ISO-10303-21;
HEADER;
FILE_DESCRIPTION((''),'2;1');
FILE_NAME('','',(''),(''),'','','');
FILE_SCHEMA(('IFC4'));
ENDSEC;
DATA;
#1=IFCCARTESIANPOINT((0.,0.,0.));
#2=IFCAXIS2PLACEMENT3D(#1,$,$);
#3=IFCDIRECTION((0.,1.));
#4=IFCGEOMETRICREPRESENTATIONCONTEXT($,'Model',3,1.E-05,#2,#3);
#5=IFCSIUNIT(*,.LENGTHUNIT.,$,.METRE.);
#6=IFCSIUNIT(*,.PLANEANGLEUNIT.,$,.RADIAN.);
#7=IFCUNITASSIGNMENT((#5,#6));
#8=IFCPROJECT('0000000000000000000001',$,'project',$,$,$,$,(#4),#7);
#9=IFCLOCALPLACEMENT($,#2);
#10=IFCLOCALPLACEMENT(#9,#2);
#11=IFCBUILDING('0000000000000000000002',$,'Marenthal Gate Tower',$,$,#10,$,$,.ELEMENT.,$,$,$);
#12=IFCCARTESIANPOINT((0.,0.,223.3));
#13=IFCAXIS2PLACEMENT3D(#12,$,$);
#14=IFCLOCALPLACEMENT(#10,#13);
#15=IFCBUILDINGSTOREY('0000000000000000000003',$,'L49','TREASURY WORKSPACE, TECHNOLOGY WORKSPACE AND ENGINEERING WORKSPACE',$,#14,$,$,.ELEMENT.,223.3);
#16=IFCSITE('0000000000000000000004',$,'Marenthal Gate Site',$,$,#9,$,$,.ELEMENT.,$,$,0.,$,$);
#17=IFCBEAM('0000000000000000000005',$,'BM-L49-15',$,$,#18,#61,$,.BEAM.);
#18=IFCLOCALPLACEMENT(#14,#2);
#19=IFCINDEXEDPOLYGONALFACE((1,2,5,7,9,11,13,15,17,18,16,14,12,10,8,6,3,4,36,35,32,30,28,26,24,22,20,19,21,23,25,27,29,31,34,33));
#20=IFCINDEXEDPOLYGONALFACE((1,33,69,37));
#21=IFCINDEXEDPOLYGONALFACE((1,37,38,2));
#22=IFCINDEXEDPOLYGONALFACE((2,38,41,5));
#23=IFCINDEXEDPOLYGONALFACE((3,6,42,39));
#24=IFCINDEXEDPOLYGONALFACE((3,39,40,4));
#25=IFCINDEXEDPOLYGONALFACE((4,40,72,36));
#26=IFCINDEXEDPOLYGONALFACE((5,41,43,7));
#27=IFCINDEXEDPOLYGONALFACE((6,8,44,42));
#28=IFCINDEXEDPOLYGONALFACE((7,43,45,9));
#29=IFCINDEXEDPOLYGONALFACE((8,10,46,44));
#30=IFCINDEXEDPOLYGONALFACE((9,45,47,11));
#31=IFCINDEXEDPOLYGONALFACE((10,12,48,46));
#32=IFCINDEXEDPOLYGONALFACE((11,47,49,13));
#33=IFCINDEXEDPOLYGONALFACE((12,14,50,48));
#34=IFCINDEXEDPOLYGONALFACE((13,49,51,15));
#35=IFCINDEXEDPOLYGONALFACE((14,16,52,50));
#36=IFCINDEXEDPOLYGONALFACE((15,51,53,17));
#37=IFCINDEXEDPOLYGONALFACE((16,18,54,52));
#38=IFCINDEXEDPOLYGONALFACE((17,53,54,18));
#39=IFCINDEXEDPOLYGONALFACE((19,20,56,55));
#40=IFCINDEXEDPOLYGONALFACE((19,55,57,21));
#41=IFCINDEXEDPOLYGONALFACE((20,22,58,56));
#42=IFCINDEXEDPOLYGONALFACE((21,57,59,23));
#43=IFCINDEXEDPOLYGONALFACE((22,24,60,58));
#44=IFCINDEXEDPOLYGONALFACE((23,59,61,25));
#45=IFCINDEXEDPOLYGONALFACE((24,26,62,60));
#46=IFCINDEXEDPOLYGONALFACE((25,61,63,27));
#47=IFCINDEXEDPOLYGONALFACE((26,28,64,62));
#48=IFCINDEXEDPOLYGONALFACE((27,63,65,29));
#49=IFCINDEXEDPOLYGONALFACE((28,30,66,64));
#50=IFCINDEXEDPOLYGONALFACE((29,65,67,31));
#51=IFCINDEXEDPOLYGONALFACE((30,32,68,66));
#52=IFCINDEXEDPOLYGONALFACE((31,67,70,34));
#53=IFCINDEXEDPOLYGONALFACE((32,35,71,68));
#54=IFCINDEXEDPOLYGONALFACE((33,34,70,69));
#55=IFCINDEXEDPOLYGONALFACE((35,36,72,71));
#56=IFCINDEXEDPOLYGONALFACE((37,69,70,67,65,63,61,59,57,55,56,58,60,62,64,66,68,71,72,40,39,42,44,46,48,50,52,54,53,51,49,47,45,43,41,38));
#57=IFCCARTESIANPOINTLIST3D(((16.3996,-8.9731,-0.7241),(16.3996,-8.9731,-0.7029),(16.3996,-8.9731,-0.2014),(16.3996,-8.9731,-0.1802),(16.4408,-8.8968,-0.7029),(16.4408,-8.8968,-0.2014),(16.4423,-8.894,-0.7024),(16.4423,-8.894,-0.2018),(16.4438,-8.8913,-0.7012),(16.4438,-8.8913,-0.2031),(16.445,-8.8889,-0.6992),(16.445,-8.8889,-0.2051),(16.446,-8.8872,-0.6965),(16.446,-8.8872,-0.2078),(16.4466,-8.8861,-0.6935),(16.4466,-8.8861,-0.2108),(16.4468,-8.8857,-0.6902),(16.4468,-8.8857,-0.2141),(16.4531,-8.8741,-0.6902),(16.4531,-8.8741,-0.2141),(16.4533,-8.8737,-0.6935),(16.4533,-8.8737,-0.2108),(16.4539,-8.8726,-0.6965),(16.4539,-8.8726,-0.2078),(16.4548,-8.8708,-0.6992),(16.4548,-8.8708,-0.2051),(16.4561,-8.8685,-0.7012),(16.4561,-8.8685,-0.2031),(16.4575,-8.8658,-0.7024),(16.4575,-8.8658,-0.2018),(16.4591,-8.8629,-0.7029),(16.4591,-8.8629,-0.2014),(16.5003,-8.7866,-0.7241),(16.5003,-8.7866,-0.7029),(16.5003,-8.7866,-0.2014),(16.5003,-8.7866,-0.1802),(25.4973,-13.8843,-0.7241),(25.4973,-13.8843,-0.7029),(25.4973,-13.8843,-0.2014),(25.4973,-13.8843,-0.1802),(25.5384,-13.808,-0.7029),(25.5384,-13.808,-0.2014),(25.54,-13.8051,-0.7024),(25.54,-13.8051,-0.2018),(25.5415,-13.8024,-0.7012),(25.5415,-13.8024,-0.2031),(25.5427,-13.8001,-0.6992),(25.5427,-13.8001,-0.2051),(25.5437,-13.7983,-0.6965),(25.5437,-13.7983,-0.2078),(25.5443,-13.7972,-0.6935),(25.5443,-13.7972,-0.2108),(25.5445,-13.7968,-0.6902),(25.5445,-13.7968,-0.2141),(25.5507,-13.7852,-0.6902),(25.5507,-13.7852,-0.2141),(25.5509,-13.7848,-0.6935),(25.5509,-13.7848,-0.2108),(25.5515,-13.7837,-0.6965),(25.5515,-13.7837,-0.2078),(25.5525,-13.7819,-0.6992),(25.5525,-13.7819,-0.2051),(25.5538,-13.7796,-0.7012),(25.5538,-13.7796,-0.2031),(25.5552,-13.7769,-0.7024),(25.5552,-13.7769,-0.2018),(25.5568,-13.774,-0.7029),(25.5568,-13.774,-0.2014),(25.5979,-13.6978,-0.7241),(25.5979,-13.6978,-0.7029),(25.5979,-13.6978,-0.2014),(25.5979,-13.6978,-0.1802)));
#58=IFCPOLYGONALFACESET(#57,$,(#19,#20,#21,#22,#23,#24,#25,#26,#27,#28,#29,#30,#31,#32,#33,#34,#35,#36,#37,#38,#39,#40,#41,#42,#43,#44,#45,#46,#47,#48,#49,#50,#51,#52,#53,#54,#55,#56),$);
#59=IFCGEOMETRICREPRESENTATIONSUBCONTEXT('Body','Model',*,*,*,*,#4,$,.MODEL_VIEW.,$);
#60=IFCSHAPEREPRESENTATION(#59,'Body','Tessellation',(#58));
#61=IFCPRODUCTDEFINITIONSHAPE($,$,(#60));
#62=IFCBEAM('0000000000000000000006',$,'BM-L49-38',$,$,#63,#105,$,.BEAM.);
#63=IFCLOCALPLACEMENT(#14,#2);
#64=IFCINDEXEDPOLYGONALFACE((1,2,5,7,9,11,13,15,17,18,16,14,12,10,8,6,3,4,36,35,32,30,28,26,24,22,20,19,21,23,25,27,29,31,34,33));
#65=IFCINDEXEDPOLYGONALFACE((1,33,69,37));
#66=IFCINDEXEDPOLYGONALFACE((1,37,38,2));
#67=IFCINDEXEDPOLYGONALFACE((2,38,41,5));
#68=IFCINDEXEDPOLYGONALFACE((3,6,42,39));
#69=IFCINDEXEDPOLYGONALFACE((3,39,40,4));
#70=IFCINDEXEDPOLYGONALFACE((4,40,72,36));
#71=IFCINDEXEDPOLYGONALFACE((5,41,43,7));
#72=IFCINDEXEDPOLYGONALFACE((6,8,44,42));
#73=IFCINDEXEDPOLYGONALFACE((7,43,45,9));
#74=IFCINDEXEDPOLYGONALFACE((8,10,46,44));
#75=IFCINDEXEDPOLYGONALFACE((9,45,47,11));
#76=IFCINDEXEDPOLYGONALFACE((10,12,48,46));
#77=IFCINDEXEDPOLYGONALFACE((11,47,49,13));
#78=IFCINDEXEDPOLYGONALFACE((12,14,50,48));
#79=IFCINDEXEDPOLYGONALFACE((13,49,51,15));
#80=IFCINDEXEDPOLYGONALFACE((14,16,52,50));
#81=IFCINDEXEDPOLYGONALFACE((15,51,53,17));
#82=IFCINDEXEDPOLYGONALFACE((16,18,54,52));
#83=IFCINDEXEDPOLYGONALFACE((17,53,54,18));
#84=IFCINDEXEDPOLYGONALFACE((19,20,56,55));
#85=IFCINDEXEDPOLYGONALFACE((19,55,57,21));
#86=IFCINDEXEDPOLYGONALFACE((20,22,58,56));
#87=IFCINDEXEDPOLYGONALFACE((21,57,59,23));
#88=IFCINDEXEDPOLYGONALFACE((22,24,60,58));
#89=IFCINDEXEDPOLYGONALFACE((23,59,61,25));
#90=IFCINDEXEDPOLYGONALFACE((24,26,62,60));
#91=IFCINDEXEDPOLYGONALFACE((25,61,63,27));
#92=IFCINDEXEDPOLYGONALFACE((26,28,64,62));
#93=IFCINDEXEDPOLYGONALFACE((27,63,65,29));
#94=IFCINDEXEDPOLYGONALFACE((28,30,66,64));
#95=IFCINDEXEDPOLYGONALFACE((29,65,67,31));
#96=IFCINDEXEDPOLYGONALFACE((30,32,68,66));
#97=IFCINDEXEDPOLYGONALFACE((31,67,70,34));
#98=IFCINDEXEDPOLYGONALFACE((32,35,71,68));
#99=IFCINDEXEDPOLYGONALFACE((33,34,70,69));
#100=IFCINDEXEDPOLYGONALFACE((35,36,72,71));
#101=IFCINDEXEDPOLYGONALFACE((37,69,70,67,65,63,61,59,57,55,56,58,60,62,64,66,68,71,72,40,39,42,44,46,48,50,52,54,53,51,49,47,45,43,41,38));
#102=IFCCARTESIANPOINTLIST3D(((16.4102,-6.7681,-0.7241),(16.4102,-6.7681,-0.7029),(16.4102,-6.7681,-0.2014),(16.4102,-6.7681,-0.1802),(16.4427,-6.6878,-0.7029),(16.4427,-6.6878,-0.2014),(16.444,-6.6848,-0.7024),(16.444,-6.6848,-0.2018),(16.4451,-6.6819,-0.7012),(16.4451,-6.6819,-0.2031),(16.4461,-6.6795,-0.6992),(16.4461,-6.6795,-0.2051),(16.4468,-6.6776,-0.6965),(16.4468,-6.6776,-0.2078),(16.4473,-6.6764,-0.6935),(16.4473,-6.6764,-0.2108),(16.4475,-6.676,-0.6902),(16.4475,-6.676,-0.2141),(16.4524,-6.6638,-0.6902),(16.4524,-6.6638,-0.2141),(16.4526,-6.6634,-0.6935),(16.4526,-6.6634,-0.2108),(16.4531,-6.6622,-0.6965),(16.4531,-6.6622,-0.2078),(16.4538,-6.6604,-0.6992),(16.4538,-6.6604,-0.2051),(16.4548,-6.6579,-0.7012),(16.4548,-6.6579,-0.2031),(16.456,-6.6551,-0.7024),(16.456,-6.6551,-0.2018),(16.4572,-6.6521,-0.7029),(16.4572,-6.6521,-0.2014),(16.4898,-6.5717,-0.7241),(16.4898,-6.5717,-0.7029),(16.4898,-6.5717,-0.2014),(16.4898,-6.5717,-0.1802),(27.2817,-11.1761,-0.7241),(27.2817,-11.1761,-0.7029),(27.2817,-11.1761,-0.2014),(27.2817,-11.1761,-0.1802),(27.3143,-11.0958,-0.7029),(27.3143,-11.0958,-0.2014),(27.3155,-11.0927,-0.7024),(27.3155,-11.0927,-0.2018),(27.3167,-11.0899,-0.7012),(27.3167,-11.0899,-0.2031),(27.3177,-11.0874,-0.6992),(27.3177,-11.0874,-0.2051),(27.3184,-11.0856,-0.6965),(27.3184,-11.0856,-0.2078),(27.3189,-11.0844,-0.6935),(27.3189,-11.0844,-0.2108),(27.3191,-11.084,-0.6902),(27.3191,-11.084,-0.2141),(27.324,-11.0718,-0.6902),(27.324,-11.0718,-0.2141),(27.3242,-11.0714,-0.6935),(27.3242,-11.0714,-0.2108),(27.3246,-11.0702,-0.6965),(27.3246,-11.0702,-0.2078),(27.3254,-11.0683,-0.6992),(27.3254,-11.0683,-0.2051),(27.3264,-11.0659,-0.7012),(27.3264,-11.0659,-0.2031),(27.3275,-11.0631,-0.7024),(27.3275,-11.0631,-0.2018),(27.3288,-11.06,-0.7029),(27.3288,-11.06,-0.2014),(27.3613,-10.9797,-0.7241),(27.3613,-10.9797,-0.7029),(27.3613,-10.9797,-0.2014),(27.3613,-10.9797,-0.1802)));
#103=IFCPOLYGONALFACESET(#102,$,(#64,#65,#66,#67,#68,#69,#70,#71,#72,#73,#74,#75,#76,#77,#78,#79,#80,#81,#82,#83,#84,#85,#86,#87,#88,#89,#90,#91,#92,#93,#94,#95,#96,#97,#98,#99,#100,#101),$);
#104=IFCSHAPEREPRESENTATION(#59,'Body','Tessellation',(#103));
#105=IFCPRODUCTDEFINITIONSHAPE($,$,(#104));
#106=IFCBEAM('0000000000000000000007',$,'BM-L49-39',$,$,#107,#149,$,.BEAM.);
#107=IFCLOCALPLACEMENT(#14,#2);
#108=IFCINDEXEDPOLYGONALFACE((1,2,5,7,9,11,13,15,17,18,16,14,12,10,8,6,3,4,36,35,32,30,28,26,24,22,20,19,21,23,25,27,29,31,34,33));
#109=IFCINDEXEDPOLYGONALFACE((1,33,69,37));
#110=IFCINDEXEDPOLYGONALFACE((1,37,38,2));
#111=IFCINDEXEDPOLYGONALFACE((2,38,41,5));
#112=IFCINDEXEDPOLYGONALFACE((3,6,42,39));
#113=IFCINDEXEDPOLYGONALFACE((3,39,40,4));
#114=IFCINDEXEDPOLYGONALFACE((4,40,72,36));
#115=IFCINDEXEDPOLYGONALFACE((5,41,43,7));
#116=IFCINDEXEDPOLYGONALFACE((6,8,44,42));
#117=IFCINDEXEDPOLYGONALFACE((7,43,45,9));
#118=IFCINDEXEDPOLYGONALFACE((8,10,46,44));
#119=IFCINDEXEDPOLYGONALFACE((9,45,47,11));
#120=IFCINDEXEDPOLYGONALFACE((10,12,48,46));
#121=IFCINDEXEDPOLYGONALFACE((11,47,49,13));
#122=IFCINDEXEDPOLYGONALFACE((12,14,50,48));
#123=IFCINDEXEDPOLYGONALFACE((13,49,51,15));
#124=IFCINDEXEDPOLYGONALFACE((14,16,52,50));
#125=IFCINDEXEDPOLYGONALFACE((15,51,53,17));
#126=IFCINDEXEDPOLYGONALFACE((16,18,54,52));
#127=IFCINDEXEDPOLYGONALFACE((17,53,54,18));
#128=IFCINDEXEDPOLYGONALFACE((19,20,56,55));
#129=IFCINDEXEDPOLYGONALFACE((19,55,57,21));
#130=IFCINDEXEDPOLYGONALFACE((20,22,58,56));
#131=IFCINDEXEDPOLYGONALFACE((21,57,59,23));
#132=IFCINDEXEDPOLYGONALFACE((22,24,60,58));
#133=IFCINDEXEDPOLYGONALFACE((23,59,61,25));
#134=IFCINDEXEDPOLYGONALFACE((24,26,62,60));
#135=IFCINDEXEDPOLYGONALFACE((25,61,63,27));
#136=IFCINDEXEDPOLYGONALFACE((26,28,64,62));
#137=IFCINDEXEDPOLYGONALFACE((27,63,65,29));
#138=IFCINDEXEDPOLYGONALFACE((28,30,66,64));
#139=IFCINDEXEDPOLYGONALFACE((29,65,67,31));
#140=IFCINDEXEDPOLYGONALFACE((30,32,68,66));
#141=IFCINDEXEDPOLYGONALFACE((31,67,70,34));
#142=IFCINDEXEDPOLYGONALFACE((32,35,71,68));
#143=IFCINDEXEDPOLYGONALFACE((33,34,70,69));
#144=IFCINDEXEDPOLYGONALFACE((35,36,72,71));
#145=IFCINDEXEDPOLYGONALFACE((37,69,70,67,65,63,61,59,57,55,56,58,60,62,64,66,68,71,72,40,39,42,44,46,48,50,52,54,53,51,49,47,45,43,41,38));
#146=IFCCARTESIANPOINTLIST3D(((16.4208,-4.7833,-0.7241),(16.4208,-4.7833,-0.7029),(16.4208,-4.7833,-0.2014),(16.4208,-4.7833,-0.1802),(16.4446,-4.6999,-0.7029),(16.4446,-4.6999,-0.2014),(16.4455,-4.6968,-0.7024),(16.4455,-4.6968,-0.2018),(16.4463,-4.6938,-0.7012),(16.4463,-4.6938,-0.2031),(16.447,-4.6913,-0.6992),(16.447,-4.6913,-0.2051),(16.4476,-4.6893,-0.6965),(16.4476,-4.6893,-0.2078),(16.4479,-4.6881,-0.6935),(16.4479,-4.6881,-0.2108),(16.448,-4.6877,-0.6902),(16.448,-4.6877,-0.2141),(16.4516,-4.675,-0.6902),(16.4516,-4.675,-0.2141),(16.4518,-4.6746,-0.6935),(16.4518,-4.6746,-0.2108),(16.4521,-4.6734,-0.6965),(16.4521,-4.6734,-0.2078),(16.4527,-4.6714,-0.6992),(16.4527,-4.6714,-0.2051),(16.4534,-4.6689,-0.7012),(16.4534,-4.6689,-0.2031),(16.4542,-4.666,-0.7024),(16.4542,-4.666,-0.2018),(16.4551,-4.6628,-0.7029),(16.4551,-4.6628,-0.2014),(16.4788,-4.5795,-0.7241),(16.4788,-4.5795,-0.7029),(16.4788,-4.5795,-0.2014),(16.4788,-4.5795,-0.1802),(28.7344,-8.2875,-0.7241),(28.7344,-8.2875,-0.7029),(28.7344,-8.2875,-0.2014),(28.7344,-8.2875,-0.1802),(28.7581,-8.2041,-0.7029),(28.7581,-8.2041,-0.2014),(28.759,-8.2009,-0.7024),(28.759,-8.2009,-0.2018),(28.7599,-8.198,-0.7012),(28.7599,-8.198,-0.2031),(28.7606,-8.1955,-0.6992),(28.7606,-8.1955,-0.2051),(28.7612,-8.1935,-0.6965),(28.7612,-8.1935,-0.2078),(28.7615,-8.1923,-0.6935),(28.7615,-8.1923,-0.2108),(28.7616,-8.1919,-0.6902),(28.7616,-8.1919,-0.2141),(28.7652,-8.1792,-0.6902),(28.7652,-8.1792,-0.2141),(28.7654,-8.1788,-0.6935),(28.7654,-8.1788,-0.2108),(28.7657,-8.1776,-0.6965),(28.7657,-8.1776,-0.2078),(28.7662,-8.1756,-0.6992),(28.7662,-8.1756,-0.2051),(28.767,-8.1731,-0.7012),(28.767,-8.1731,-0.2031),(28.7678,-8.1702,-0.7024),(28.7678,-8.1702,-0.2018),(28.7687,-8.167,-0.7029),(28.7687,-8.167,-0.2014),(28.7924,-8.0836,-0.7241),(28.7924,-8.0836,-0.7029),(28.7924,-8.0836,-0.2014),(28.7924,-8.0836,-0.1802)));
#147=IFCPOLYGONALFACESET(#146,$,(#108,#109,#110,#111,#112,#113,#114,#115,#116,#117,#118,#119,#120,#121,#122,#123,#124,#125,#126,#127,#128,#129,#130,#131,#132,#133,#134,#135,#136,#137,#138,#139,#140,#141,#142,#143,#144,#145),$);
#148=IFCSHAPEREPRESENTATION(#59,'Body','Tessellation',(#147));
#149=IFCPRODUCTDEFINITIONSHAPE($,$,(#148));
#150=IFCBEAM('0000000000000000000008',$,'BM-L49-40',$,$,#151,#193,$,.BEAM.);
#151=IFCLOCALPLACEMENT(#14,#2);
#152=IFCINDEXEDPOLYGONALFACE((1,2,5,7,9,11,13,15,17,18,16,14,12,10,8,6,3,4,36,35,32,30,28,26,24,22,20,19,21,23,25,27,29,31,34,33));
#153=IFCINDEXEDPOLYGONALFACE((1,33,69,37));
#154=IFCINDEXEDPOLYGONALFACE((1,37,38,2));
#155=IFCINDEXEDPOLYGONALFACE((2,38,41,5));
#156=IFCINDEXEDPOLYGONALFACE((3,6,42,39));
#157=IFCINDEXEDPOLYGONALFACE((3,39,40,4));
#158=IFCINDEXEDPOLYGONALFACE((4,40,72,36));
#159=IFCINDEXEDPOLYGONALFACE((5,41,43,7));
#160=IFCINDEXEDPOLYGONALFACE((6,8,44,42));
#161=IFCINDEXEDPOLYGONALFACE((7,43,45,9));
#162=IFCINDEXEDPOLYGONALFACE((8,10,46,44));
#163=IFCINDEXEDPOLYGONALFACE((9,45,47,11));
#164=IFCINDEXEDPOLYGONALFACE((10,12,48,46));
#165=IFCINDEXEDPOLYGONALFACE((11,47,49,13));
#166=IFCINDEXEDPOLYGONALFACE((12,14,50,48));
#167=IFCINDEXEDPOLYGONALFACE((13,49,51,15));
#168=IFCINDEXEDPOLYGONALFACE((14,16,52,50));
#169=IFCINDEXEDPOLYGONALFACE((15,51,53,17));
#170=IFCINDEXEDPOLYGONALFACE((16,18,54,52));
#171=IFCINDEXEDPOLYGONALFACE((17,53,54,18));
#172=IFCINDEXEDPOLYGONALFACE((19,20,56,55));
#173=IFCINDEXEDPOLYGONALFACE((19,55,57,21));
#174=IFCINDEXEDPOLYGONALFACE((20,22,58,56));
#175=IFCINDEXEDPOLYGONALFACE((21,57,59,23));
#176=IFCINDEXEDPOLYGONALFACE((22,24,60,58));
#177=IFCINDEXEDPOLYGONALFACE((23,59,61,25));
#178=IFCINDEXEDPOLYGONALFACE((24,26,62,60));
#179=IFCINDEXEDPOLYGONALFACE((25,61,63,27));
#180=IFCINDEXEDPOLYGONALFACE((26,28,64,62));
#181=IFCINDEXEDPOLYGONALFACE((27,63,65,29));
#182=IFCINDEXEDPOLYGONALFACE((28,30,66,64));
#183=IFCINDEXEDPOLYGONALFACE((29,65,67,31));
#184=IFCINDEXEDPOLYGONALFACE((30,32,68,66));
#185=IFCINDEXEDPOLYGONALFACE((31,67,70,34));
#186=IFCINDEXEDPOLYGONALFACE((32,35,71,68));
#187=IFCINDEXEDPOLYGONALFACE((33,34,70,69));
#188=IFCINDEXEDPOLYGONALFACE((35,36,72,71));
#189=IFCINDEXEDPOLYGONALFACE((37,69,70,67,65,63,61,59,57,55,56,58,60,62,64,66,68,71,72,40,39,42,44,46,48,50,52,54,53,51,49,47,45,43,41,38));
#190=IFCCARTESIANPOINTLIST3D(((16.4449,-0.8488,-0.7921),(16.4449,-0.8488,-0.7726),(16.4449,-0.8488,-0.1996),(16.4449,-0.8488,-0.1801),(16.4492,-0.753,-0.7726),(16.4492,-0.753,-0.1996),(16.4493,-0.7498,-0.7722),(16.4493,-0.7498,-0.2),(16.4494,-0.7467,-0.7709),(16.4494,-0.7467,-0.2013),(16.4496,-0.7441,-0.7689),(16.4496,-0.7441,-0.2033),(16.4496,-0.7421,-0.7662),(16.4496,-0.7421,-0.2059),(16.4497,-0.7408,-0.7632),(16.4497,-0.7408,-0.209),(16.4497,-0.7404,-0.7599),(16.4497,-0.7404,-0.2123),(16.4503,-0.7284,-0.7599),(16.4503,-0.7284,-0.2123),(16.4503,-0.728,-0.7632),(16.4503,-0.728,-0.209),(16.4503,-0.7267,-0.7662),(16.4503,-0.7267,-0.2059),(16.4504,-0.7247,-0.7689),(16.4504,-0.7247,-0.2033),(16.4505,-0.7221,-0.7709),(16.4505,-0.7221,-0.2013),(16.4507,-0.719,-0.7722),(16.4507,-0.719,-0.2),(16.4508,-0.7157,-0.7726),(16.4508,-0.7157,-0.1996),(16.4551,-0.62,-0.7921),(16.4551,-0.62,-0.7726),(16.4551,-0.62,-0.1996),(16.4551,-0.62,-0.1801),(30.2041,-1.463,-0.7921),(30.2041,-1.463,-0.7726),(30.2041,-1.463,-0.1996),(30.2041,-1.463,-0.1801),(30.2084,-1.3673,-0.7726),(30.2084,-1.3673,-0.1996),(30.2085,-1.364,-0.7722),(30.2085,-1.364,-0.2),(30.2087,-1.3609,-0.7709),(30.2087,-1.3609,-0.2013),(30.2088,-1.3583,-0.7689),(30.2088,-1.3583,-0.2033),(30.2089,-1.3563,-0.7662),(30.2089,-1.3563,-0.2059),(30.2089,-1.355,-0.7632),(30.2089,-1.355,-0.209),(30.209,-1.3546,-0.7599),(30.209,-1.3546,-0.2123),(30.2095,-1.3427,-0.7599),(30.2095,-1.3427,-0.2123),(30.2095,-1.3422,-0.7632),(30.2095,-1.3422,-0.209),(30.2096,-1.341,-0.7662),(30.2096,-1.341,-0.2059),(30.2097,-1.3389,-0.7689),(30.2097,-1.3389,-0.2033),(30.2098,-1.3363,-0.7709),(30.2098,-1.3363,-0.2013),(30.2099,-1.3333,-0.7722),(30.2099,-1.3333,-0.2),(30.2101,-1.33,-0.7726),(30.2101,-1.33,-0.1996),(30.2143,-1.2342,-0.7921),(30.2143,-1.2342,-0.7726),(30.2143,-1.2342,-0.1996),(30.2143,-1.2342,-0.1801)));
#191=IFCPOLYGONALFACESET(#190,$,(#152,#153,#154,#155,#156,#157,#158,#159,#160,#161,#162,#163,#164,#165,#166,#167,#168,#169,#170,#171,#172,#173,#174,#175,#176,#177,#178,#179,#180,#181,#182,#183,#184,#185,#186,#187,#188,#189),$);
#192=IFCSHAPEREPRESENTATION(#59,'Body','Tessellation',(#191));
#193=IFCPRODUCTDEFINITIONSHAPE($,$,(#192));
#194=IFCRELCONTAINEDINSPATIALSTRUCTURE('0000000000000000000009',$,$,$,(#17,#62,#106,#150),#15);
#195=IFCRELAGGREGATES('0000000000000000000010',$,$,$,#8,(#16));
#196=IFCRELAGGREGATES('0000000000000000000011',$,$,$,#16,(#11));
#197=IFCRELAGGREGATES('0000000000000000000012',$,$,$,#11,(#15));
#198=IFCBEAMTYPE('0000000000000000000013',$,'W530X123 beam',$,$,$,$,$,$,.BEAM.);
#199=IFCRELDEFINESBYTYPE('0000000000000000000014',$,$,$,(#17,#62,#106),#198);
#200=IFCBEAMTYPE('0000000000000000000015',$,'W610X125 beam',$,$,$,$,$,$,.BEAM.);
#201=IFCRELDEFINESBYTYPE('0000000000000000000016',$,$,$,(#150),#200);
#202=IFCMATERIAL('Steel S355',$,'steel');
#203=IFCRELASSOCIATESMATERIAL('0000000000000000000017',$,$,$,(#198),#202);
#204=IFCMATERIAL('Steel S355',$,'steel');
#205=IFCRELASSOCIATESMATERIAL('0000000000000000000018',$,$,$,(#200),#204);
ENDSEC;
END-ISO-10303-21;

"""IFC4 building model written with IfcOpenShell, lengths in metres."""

from ifc_helpers import new_model, si_unit, direction, frame, origin, origin_2d, place, context, subcontext, project, spatial, i_section, extrude, material, material_profile, profile_set, type_object, element, save


model = new_model("IFC4")

# Units and contexts
model_context = context("Model", 3, precision=1e-05, world=origin(), true_north=direction((0.0, 1.0)))
body_context = subcontext(model_context, "Body", "Model", "MODEL_VIEW")
ifc_project = project(units=[si_unit("LENGTHUNIT", "METRE"), si_unit("PLANEANGLEUNIT", "RADIAN")], contexts=[model_context])

# Site, building, storey
site_placement = place(None, origin())
site = spatial("IfcSite", under=ifc_project, at=site_placement, Name="Marenthal Gate Site", CompositionType="ELEMENT", RefElevation=0.0)
building_placement = place(site_placement, origin())
building = spatial("IfcBuilding", under=site, at=building_placement, Name="Marenthal Gate Tower", CompositionType="ELEMENT")
storey_placement = place(building_placement, frame((0.0, 0.0, 223.3)))
storey = spatial("IfcBuildingStorey", under=building, at=storey_placement, Name="L49", Description="TREASURY WORKSPACE, TECHNOLOGY WORKSPACE AND ENGINEERING WORKSPACE", CompositionType="ELEMENT", Elevation=223.3)

# Beams
ifc_material_1 = material(Name="Steel S355", Category="steel")
ifc_material_profile_1 = material_profile(ifc_material_1, i_section(OverallWidth=0.2119, OverallDepth=0.5439, WebThickness=0.0132, FlangeThickness=0.0212, FilletRadius=0.0127, at=origin_2d()), Name="W530X123")
ifc_profile_set_1 = profile_set([ifc_material_profile_1], Name="Steel S355")
beam_type_1 = type_object("IfcBeamType", Name="W530X123 beam", PredefinedType="BEAM", material=ifc_profile_set_1)
beam_1_placement = place(storey_placement, frame((25.5476, -13.791, -0.4521), z_axis=(-0.87997, 0.475029, 0.0), x_axis=(-0.475029, -0.87997, 0.0)))
element("IfcBeam", 1, at=beam_1_placement, inside=storey, type_object=beam_type_1, Name="BM-L49-15", PredefinedType="BEAM", context=body_context, shape_type="SweptSolid", body=[
    extrude(i_section(OverallWidth=0.2119, OverallDepth=0.5439, WebThickness=0.0132, FlangeThickness=0.0212, FilletRadius=0.0127, at=origin_2d()), origin(), (0.0, 0.0, 1.0), 10.3386),
])
beam_2_placement = place(storey_placement, frame((27.3215, -11.0779, -0.4521), z_axis=(-0.926723, 0.375746, 0.0), x_axis=(-0.375746, -0.926723, 0.0)))
element("IfcBeam", 2, at=beam_2_placement, inside=storey, type_object=beam_type_1, Name="BM-L49-38", PredefinedType="BEAM", context=body_context, shape_type="SweptSolid", body=[
    extrude(i_section(OverallWidth=0.2119, OverallDepth=0.5439, WebThickness=0.0132, FlangeThickness=0.0212, FilletRadius=0.0127, at=origin_2d()), origin(), (0.0, 0.0, 1.0), 11.7312),
])
beam_3_placement = place(storey_placement, frame((28.7634, -8.1855, -0.4521), z_axis=(-0.961812, 0.273711, 0.0), x_axis=(-0.273711, -0.961812, 0.0)))
element("IfcBeam", 3, at=beam_3_placement, inside=storey, type_object=beam_type_1, Name="BM-L49-39", PredefinedType="BEAM", context=body_context, shape_type="SweptSolid", body=[
    extrude(i_section(OverallWidth=0.2119, OverallDepth=0.5439, WebThickness=0.0132, FlangeThickness=0.0212, FilletRadius=0.0127, at=origin_2d()), origin(), (0.0, 0.0, 1.0), 12.8025),
])
ifc_material_2 = material(Name="Steel S355", Category="steel")
ifc_material_profile_2 = material_profile(ifc_material_2, i_section(OverallWidth=0.229, OverallDepth=0.6121, WebThickness=0.012, FlangeThickness=0.0195, FilletRadius=0.0127, at=origin_2d()), Name="W610X125")
ifc_profile_set_2 = profile_set([ifc_material_profile_2], Name="Steel S355")
beam_type_2 = type_object("IfcBeamType", Name="W610X125 beam", PredefinedType="BEAM", material=ifc_profile_set_2)
beam_4_placement = place(storey_placement, frame((30.2092, -1.3486, -0.4861), z_axis=(-0.999005, 0.044599, 0.0), x_axis=(-0.044599, -0.999005, 0.0)))
element("IfcBeam", 4, at=beam_4_placement, inside=storey, type_object=beam_type_2, Name="BM-L49-40", PredefinedType="BEAM", context=body_context, shape_type="SweptSolid", body=[
    extrude(i_section(OverallWidth=0.229, OverallDepth=0.6121, WebThickness=0.012, FlangeThickness=0.0195, FilletRadius=0.0127, at=origin_2d()), origin(), (0.0, 0.0, 1.0), 13.7729),
])

save(model, "model.ifc")
